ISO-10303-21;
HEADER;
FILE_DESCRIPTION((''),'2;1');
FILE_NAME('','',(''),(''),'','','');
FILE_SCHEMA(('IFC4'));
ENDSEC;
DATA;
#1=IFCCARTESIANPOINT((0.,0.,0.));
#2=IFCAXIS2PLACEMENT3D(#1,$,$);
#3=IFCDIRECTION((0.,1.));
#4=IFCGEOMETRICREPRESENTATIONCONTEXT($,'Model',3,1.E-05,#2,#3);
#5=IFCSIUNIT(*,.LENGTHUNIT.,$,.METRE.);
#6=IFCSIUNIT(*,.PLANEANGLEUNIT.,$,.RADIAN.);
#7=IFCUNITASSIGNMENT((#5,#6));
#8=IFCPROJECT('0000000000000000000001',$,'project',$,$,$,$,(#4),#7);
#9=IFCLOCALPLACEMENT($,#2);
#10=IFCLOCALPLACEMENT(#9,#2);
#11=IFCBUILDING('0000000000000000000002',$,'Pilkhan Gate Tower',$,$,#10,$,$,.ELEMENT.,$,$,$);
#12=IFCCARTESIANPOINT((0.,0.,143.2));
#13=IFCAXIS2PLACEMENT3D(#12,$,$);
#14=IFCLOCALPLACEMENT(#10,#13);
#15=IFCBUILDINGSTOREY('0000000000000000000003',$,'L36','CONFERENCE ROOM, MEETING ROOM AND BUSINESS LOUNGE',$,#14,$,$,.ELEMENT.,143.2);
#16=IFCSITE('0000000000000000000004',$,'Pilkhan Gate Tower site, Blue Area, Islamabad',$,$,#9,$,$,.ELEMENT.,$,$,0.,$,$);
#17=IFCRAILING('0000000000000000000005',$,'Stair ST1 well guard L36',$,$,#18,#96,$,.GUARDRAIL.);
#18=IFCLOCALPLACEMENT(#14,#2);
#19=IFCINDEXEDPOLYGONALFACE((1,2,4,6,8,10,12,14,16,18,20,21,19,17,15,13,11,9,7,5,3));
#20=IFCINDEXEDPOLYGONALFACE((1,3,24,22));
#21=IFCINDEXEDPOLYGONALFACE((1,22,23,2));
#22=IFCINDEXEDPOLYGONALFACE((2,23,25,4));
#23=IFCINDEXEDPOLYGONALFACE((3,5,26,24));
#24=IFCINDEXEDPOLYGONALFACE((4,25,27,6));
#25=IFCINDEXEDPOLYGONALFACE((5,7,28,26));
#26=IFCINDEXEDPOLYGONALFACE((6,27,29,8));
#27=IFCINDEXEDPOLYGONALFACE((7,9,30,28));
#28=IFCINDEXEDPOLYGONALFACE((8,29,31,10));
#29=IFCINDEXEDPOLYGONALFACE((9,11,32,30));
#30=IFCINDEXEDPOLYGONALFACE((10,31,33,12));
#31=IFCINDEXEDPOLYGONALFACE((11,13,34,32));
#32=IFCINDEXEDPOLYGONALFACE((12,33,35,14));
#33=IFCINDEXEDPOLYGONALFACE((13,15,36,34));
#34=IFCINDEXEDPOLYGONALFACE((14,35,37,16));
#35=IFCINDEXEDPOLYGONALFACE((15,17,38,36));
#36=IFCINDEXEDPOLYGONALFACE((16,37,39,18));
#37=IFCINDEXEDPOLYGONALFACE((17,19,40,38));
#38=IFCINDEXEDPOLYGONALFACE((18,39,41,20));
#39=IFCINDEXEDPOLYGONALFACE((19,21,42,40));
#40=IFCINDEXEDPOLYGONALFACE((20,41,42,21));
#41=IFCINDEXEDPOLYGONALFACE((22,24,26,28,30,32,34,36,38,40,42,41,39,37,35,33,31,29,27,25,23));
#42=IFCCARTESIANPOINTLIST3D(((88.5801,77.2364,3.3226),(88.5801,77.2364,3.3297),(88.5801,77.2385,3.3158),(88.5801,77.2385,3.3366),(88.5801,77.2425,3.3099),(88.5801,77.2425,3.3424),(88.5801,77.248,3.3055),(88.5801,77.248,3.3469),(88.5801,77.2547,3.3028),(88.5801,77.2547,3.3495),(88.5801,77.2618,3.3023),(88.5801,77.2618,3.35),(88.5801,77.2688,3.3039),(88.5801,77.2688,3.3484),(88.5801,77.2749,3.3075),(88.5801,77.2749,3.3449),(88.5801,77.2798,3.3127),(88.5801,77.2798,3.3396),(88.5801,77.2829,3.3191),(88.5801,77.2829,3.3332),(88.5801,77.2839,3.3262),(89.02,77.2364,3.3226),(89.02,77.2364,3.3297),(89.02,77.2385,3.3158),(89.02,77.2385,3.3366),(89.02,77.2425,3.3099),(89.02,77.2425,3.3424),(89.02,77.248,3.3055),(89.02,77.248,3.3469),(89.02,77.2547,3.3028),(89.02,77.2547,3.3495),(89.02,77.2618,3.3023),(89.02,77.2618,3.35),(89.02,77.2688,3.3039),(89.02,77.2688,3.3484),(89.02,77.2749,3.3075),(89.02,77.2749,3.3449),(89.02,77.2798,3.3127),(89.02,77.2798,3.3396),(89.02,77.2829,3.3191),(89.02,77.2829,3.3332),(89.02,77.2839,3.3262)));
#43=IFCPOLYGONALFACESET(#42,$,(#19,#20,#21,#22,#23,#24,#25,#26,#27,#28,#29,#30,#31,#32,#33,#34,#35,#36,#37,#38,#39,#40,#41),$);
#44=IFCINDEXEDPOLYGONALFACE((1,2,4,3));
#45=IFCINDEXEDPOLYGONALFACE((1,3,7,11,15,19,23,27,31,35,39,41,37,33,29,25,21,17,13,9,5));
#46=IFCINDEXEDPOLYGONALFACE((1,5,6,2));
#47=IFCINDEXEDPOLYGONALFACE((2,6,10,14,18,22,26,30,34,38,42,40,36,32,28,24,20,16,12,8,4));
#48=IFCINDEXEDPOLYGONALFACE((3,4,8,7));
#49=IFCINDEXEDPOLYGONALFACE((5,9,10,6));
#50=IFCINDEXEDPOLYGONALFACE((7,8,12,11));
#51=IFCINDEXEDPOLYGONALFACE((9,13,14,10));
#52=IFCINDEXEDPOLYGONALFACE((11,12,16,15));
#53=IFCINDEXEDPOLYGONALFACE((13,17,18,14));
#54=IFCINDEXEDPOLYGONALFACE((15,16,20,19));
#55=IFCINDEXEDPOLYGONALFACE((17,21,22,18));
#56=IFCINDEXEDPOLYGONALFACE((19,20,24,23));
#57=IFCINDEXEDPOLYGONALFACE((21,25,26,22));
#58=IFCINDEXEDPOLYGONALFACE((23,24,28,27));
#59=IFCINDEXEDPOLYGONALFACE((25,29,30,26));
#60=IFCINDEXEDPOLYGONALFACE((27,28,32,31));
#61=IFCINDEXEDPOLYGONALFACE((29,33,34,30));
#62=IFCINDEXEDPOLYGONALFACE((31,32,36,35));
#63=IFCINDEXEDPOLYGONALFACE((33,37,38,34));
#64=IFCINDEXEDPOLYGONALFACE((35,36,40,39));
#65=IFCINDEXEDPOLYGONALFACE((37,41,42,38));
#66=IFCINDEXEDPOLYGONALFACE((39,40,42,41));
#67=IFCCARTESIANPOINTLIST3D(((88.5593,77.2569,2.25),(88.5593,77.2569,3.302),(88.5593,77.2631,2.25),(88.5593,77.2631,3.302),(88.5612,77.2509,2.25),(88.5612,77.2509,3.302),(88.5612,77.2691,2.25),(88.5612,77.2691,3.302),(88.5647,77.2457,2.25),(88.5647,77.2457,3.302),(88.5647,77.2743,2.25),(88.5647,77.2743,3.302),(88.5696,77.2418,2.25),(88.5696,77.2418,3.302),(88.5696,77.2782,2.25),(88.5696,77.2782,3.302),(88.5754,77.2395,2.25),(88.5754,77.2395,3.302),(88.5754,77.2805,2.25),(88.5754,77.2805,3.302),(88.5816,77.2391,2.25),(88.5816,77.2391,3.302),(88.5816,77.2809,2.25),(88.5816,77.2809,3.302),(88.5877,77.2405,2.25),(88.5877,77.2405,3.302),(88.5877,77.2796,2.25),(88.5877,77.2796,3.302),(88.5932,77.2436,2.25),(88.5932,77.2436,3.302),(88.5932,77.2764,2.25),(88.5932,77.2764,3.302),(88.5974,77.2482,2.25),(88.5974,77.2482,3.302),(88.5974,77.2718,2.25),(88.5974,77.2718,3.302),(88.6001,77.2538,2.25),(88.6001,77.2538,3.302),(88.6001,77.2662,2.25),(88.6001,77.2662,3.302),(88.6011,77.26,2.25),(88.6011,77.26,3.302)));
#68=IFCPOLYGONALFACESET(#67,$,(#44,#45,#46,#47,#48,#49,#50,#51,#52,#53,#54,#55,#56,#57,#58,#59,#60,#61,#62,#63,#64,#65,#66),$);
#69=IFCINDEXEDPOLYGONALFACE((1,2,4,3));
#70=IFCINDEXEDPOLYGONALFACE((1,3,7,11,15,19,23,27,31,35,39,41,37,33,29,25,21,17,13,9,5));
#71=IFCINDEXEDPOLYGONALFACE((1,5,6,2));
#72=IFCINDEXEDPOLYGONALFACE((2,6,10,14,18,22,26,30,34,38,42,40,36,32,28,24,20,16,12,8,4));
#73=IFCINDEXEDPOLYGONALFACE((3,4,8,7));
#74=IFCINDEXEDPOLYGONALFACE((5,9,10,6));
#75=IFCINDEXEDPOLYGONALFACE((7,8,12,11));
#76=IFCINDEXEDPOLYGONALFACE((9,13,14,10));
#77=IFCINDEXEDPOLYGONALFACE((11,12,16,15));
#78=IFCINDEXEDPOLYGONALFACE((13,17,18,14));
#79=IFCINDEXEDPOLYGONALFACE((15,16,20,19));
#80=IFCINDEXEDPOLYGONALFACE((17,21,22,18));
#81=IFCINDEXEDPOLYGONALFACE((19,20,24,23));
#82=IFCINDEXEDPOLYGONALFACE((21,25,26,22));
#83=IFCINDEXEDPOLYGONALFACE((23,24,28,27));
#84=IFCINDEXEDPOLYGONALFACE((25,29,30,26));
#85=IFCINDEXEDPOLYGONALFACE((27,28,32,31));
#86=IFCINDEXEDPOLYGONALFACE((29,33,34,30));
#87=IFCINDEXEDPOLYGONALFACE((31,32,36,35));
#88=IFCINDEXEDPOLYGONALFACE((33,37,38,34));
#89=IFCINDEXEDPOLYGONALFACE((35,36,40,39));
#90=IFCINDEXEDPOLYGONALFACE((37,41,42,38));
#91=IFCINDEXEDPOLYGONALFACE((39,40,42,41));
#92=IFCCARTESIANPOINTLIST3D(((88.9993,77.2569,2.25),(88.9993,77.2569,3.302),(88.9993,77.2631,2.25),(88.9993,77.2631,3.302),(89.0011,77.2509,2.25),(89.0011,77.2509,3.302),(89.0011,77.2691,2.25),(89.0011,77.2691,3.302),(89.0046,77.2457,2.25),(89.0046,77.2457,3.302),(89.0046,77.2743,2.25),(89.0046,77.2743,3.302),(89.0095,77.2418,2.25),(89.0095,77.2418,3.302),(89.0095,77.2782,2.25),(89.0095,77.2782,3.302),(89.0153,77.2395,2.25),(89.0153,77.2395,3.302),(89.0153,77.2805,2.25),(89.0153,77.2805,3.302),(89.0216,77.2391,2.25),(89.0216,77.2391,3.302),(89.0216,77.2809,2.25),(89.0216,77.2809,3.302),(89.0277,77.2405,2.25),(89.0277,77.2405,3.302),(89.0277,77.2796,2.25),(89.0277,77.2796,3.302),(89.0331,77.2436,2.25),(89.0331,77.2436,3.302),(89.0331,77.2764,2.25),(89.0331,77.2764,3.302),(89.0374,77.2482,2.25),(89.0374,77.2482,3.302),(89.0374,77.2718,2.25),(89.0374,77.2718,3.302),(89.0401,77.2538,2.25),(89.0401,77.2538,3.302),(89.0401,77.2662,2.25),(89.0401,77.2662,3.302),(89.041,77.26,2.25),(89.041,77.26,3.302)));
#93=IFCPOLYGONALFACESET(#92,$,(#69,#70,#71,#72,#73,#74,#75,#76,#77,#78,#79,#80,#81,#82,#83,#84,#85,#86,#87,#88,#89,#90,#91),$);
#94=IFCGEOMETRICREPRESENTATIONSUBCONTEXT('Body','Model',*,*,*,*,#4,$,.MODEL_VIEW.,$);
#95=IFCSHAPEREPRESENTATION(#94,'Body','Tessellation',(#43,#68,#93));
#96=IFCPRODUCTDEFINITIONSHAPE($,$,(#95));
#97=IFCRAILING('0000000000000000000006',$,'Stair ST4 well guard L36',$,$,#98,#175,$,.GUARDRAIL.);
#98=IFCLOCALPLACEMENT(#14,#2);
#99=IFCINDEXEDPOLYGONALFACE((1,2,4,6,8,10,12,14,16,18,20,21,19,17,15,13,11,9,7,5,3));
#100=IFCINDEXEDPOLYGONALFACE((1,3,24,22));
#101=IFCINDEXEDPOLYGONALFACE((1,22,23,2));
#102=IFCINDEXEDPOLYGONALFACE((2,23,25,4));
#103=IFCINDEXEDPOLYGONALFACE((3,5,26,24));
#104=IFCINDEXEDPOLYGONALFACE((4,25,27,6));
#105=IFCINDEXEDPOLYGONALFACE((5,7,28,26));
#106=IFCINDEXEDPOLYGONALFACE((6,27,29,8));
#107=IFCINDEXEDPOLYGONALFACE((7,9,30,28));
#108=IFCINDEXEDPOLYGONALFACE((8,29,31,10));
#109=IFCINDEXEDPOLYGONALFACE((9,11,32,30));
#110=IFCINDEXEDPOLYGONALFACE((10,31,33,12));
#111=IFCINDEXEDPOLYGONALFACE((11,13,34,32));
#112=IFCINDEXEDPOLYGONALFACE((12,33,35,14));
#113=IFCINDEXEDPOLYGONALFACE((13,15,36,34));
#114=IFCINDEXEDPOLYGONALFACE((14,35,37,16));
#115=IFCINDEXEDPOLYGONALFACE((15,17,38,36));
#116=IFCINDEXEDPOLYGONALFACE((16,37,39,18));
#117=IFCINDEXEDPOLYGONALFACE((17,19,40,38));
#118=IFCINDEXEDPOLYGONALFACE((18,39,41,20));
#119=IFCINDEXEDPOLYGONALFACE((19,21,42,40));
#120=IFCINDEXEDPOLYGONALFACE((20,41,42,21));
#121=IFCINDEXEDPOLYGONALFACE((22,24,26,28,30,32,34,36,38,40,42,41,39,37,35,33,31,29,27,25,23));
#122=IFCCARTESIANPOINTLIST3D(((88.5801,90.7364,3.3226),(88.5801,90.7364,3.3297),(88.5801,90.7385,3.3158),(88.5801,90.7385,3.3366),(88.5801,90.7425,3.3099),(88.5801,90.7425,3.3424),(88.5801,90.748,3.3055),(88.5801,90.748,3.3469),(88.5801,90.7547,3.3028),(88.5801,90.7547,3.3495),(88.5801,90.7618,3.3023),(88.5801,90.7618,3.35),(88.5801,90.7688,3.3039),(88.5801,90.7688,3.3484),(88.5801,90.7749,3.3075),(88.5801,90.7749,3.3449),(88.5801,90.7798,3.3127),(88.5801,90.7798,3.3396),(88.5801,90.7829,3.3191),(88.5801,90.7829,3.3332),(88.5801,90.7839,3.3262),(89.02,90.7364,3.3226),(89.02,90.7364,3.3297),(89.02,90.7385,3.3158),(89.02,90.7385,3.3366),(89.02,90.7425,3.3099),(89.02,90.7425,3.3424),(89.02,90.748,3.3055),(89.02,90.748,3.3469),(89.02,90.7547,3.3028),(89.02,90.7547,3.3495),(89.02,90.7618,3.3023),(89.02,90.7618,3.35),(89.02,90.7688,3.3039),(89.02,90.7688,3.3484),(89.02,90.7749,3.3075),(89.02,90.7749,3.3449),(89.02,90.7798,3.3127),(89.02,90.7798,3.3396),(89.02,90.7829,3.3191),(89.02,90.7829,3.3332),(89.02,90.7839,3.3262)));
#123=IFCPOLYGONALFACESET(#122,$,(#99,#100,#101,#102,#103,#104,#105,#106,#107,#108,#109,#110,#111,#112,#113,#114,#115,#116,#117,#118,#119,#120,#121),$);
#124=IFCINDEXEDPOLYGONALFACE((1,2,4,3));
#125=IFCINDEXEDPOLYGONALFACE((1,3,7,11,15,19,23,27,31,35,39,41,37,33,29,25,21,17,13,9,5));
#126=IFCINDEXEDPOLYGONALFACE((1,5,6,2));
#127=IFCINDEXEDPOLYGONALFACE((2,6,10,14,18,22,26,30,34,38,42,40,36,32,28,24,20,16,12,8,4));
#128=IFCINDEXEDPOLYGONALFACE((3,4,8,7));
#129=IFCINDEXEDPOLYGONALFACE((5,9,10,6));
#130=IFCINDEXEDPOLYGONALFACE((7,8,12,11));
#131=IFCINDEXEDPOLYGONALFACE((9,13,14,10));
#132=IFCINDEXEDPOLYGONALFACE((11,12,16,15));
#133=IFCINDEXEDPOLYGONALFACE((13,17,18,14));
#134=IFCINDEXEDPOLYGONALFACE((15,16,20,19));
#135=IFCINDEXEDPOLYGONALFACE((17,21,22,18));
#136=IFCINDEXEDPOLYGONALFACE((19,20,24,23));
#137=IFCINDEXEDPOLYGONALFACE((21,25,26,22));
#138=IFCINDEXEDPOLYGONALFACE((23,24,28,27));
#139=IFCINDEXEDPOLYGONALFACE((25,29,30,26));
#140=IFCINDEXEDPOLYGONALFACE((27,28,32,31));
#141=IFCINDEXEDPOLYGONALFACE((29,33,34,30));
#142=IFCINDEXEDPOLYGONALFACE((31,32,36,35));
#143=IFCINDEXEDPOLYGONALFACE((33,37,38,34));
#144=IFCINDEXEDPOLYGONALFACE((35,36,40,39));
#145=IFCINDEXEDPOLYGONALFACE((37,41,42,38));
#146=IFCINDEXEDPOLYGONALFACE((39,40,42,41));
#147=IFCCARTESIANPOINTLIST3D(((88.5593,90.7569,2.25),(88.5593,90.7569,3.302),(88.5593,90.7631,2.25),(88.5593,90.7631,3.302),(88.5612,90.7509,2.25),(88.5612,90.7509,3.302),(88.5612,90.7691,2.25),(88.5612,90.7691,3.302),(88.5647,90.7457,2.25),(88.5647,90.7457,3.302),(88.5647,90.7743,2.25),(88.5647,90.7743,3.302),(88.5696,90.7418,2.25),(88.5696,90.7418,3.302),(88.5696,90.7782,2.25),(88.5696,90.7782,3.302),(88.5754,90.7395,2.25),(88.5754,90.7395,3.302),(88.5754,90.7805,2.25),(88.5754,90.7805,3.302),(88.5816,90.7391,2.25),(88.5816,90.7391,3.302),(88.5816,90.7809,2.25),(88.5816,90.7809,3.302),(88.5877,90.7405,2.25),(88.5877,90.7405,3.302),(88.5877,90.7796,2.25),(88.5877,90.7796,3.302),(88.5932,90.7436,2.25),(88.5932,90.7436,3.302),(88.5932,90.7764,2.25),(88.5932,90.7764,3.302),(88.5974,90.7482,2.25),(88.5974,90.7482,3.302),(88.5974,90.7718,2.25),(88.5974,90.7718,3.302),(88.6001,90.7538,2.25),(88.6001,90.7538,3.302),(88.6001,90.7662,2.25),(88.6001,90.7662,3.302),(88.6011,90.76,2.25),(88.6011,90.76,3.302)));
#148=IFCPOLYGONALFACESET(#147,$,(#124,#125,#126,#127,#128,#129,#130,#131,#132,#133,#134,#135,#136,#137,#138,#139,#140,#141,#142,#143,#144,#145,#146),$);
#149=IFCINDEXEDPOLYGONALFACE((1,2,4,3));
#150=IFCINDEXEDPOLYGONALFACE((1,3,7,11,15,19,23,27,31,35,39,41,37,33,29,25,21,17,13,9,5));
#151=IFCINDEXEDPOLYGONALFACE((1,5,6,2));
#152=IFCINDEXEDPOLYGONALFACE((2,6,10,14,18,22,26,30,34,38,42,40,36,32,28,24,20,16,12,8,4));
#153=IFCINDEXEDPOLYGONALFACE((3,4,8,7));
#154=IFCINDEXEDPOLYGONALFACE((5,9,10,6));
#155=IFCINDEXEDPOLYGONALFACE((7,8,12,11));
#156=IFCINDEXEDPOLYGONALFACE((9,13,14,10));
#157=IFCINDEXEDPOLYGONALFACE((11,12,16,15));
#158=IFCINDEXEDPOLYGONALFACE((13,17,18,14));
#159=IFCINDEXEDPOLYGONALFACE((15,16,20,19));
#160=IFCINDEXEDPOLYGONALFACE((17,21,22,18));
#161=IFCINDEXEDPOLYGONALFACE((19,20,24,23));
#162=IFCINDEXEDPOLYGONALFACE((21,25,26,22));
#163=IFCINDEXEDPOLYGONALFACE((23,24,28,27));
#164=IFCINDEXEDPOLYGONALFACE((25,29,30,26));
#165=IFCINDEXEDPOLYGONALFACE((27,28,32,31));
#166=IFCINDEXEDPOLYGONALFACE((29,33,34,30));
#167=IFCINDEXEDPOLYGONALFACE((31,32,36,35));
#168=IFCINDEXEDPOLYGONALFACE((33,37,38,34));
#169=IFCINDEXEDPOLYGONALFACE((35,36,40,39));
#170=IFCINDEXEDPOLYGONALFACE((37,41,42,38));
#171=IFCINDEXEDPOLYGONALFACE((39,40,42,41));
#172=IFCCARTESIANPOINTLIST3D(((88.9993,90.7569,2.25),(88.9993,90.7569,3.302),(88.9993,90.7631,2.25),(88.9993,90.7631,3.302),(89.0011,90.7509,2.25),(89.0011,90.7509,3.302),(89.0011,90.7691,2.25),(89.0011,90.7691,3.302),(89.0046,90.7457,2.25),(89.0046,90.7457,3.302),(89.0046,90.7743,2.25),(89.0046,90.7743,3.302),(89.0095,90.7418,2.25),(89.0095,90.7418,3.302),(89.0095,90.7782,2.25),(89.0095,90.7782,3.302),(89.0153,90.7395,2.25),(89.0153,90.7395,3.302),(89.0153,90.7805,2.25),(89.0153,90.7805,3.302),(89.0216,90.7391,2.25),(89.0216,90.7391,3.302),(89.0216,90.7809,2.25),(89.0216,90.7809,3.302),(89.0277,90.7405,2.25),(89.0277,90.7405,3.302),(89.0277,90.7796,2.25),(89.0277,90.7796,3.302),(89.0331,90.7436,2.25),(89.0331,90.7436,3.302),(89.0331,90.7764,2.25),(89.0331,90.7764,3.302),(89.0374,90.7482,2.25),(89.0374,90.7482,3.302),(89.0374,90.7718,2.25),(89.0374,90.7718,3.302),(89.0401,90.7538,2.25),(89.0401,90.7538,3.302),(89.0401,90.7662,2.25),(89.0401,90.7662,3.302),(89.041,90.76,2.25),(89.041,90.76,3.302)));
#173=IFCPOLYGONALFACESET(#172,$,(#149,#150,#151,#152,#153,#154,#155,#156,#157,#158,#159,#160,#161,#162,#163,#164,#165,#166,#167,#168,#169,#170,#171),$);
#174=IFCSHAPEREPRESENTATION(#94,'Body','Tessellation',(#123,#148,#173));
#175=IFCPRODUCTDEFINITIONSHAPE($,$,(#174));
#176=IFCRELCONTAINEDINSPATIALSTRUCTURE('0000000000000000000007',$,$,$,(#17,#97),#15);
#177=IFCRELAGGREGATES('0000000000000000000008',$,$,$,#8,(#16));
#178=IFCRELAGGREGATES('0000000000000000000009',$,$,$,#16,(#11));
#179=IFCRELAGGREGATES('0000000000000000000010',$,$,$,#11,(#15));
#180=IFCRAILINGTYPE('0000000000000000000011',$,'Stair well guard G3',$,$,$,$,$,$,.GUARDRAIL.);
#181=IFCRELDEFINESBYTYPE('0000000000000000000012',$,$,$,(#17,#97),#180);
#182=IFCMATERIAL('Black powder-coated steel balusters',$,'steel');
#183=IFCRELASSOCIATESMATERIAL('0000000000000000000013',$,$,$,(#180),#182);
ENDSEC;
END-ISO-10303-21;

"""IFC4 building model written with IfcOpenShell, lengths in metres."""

from ifc_helpers import new_model, si_unit, direction, frame, origin, origin_2d, place, context, subcontext, project, spatial, circle, extrude, material, type_object, element, save


model = new_model("IFC4")

# Units and contexts
model_context = context("Model", 3, precision=1e-05, world=origin(), true_north=direction((0.0, 1.0)))
body_context = subcontext(model_context, "Body", "Model", "MODEL_VIEW")
ifc_project = project(units=[si_unit("LENGTHUNIT", "METRE"), si_unit("PLANEANGLEUNIT", "RADIAN")], contexts=[model_context])

# Site, building, storey
site_placement = place(None, origin())
site = spatial("IfcSite", under=ifc_project, at=site_placement, Name="Pilkhan Gate Tower site, Blue Area, Islamabad", CompositionType="ELEMENT", RefElevation=0.0)
building_placement = place(site_placement, origin())
building = spatial("IfcBuilding", under=site, at=building_placement, Name="Pilkhan Gate Tower", CompositionType="ELEMENT")
storey_placement = place(building_placement, frame((0.0, 0.0, 143.2)))
storey = spatial("IfcBuildingStorey", under=building, at=storey_placement, Name="L36", Description="CONFERENCE ROOM, MEETING ROOM AND BUSINESS LOUNGE", CompositionType="ELEMENT", Elevation=143.2)

# Railings
ifc_material_1 = material(Name="Black powder-coated steel balusters", Category="steel")
railing_type_1 = type_object("IfcRailingType", Name="Stair well guard G3", PredefinedType="GUARDRAIL", material=ifc_material_1)
for number, where, name in (
    (1, (88.5801, 77.26, 2.25), "Stair ST1 well guard L36"),
    (2, (88.5801, 90.76, 2.25), "Stair ST4 well guard L36"),
):
    element("IfcRailing", number, at=place(storey_placement, frame(where)), inside=storey, type_object=railing_type_1, Name=name, PredefinedType="GUARDRAIL", context=body_context, shape_type="SweptSolid", body=[
        extrude(circle(Radius=0.0239, at=origin_2d()), frame((0.0, 0.0, 1.0762), z_axis=(1.0, 0.0, 0.0), x_axis=(0.0, 1.0, 0.0)), (0.0, 0.0, 1.0), 0.4399),
        extrude(circle(Radius=0.021, at=origin_2d()), origin(), (0.0, 0.0, 1.0), 1.052),
        extrude(circle(Radius=0.021, at=origin_2d()), frame((0.4399, 0.0, 0.0)), (0.0, 0.0, 1.0), 1.052),
    ])

save(model, "model.ifc")
